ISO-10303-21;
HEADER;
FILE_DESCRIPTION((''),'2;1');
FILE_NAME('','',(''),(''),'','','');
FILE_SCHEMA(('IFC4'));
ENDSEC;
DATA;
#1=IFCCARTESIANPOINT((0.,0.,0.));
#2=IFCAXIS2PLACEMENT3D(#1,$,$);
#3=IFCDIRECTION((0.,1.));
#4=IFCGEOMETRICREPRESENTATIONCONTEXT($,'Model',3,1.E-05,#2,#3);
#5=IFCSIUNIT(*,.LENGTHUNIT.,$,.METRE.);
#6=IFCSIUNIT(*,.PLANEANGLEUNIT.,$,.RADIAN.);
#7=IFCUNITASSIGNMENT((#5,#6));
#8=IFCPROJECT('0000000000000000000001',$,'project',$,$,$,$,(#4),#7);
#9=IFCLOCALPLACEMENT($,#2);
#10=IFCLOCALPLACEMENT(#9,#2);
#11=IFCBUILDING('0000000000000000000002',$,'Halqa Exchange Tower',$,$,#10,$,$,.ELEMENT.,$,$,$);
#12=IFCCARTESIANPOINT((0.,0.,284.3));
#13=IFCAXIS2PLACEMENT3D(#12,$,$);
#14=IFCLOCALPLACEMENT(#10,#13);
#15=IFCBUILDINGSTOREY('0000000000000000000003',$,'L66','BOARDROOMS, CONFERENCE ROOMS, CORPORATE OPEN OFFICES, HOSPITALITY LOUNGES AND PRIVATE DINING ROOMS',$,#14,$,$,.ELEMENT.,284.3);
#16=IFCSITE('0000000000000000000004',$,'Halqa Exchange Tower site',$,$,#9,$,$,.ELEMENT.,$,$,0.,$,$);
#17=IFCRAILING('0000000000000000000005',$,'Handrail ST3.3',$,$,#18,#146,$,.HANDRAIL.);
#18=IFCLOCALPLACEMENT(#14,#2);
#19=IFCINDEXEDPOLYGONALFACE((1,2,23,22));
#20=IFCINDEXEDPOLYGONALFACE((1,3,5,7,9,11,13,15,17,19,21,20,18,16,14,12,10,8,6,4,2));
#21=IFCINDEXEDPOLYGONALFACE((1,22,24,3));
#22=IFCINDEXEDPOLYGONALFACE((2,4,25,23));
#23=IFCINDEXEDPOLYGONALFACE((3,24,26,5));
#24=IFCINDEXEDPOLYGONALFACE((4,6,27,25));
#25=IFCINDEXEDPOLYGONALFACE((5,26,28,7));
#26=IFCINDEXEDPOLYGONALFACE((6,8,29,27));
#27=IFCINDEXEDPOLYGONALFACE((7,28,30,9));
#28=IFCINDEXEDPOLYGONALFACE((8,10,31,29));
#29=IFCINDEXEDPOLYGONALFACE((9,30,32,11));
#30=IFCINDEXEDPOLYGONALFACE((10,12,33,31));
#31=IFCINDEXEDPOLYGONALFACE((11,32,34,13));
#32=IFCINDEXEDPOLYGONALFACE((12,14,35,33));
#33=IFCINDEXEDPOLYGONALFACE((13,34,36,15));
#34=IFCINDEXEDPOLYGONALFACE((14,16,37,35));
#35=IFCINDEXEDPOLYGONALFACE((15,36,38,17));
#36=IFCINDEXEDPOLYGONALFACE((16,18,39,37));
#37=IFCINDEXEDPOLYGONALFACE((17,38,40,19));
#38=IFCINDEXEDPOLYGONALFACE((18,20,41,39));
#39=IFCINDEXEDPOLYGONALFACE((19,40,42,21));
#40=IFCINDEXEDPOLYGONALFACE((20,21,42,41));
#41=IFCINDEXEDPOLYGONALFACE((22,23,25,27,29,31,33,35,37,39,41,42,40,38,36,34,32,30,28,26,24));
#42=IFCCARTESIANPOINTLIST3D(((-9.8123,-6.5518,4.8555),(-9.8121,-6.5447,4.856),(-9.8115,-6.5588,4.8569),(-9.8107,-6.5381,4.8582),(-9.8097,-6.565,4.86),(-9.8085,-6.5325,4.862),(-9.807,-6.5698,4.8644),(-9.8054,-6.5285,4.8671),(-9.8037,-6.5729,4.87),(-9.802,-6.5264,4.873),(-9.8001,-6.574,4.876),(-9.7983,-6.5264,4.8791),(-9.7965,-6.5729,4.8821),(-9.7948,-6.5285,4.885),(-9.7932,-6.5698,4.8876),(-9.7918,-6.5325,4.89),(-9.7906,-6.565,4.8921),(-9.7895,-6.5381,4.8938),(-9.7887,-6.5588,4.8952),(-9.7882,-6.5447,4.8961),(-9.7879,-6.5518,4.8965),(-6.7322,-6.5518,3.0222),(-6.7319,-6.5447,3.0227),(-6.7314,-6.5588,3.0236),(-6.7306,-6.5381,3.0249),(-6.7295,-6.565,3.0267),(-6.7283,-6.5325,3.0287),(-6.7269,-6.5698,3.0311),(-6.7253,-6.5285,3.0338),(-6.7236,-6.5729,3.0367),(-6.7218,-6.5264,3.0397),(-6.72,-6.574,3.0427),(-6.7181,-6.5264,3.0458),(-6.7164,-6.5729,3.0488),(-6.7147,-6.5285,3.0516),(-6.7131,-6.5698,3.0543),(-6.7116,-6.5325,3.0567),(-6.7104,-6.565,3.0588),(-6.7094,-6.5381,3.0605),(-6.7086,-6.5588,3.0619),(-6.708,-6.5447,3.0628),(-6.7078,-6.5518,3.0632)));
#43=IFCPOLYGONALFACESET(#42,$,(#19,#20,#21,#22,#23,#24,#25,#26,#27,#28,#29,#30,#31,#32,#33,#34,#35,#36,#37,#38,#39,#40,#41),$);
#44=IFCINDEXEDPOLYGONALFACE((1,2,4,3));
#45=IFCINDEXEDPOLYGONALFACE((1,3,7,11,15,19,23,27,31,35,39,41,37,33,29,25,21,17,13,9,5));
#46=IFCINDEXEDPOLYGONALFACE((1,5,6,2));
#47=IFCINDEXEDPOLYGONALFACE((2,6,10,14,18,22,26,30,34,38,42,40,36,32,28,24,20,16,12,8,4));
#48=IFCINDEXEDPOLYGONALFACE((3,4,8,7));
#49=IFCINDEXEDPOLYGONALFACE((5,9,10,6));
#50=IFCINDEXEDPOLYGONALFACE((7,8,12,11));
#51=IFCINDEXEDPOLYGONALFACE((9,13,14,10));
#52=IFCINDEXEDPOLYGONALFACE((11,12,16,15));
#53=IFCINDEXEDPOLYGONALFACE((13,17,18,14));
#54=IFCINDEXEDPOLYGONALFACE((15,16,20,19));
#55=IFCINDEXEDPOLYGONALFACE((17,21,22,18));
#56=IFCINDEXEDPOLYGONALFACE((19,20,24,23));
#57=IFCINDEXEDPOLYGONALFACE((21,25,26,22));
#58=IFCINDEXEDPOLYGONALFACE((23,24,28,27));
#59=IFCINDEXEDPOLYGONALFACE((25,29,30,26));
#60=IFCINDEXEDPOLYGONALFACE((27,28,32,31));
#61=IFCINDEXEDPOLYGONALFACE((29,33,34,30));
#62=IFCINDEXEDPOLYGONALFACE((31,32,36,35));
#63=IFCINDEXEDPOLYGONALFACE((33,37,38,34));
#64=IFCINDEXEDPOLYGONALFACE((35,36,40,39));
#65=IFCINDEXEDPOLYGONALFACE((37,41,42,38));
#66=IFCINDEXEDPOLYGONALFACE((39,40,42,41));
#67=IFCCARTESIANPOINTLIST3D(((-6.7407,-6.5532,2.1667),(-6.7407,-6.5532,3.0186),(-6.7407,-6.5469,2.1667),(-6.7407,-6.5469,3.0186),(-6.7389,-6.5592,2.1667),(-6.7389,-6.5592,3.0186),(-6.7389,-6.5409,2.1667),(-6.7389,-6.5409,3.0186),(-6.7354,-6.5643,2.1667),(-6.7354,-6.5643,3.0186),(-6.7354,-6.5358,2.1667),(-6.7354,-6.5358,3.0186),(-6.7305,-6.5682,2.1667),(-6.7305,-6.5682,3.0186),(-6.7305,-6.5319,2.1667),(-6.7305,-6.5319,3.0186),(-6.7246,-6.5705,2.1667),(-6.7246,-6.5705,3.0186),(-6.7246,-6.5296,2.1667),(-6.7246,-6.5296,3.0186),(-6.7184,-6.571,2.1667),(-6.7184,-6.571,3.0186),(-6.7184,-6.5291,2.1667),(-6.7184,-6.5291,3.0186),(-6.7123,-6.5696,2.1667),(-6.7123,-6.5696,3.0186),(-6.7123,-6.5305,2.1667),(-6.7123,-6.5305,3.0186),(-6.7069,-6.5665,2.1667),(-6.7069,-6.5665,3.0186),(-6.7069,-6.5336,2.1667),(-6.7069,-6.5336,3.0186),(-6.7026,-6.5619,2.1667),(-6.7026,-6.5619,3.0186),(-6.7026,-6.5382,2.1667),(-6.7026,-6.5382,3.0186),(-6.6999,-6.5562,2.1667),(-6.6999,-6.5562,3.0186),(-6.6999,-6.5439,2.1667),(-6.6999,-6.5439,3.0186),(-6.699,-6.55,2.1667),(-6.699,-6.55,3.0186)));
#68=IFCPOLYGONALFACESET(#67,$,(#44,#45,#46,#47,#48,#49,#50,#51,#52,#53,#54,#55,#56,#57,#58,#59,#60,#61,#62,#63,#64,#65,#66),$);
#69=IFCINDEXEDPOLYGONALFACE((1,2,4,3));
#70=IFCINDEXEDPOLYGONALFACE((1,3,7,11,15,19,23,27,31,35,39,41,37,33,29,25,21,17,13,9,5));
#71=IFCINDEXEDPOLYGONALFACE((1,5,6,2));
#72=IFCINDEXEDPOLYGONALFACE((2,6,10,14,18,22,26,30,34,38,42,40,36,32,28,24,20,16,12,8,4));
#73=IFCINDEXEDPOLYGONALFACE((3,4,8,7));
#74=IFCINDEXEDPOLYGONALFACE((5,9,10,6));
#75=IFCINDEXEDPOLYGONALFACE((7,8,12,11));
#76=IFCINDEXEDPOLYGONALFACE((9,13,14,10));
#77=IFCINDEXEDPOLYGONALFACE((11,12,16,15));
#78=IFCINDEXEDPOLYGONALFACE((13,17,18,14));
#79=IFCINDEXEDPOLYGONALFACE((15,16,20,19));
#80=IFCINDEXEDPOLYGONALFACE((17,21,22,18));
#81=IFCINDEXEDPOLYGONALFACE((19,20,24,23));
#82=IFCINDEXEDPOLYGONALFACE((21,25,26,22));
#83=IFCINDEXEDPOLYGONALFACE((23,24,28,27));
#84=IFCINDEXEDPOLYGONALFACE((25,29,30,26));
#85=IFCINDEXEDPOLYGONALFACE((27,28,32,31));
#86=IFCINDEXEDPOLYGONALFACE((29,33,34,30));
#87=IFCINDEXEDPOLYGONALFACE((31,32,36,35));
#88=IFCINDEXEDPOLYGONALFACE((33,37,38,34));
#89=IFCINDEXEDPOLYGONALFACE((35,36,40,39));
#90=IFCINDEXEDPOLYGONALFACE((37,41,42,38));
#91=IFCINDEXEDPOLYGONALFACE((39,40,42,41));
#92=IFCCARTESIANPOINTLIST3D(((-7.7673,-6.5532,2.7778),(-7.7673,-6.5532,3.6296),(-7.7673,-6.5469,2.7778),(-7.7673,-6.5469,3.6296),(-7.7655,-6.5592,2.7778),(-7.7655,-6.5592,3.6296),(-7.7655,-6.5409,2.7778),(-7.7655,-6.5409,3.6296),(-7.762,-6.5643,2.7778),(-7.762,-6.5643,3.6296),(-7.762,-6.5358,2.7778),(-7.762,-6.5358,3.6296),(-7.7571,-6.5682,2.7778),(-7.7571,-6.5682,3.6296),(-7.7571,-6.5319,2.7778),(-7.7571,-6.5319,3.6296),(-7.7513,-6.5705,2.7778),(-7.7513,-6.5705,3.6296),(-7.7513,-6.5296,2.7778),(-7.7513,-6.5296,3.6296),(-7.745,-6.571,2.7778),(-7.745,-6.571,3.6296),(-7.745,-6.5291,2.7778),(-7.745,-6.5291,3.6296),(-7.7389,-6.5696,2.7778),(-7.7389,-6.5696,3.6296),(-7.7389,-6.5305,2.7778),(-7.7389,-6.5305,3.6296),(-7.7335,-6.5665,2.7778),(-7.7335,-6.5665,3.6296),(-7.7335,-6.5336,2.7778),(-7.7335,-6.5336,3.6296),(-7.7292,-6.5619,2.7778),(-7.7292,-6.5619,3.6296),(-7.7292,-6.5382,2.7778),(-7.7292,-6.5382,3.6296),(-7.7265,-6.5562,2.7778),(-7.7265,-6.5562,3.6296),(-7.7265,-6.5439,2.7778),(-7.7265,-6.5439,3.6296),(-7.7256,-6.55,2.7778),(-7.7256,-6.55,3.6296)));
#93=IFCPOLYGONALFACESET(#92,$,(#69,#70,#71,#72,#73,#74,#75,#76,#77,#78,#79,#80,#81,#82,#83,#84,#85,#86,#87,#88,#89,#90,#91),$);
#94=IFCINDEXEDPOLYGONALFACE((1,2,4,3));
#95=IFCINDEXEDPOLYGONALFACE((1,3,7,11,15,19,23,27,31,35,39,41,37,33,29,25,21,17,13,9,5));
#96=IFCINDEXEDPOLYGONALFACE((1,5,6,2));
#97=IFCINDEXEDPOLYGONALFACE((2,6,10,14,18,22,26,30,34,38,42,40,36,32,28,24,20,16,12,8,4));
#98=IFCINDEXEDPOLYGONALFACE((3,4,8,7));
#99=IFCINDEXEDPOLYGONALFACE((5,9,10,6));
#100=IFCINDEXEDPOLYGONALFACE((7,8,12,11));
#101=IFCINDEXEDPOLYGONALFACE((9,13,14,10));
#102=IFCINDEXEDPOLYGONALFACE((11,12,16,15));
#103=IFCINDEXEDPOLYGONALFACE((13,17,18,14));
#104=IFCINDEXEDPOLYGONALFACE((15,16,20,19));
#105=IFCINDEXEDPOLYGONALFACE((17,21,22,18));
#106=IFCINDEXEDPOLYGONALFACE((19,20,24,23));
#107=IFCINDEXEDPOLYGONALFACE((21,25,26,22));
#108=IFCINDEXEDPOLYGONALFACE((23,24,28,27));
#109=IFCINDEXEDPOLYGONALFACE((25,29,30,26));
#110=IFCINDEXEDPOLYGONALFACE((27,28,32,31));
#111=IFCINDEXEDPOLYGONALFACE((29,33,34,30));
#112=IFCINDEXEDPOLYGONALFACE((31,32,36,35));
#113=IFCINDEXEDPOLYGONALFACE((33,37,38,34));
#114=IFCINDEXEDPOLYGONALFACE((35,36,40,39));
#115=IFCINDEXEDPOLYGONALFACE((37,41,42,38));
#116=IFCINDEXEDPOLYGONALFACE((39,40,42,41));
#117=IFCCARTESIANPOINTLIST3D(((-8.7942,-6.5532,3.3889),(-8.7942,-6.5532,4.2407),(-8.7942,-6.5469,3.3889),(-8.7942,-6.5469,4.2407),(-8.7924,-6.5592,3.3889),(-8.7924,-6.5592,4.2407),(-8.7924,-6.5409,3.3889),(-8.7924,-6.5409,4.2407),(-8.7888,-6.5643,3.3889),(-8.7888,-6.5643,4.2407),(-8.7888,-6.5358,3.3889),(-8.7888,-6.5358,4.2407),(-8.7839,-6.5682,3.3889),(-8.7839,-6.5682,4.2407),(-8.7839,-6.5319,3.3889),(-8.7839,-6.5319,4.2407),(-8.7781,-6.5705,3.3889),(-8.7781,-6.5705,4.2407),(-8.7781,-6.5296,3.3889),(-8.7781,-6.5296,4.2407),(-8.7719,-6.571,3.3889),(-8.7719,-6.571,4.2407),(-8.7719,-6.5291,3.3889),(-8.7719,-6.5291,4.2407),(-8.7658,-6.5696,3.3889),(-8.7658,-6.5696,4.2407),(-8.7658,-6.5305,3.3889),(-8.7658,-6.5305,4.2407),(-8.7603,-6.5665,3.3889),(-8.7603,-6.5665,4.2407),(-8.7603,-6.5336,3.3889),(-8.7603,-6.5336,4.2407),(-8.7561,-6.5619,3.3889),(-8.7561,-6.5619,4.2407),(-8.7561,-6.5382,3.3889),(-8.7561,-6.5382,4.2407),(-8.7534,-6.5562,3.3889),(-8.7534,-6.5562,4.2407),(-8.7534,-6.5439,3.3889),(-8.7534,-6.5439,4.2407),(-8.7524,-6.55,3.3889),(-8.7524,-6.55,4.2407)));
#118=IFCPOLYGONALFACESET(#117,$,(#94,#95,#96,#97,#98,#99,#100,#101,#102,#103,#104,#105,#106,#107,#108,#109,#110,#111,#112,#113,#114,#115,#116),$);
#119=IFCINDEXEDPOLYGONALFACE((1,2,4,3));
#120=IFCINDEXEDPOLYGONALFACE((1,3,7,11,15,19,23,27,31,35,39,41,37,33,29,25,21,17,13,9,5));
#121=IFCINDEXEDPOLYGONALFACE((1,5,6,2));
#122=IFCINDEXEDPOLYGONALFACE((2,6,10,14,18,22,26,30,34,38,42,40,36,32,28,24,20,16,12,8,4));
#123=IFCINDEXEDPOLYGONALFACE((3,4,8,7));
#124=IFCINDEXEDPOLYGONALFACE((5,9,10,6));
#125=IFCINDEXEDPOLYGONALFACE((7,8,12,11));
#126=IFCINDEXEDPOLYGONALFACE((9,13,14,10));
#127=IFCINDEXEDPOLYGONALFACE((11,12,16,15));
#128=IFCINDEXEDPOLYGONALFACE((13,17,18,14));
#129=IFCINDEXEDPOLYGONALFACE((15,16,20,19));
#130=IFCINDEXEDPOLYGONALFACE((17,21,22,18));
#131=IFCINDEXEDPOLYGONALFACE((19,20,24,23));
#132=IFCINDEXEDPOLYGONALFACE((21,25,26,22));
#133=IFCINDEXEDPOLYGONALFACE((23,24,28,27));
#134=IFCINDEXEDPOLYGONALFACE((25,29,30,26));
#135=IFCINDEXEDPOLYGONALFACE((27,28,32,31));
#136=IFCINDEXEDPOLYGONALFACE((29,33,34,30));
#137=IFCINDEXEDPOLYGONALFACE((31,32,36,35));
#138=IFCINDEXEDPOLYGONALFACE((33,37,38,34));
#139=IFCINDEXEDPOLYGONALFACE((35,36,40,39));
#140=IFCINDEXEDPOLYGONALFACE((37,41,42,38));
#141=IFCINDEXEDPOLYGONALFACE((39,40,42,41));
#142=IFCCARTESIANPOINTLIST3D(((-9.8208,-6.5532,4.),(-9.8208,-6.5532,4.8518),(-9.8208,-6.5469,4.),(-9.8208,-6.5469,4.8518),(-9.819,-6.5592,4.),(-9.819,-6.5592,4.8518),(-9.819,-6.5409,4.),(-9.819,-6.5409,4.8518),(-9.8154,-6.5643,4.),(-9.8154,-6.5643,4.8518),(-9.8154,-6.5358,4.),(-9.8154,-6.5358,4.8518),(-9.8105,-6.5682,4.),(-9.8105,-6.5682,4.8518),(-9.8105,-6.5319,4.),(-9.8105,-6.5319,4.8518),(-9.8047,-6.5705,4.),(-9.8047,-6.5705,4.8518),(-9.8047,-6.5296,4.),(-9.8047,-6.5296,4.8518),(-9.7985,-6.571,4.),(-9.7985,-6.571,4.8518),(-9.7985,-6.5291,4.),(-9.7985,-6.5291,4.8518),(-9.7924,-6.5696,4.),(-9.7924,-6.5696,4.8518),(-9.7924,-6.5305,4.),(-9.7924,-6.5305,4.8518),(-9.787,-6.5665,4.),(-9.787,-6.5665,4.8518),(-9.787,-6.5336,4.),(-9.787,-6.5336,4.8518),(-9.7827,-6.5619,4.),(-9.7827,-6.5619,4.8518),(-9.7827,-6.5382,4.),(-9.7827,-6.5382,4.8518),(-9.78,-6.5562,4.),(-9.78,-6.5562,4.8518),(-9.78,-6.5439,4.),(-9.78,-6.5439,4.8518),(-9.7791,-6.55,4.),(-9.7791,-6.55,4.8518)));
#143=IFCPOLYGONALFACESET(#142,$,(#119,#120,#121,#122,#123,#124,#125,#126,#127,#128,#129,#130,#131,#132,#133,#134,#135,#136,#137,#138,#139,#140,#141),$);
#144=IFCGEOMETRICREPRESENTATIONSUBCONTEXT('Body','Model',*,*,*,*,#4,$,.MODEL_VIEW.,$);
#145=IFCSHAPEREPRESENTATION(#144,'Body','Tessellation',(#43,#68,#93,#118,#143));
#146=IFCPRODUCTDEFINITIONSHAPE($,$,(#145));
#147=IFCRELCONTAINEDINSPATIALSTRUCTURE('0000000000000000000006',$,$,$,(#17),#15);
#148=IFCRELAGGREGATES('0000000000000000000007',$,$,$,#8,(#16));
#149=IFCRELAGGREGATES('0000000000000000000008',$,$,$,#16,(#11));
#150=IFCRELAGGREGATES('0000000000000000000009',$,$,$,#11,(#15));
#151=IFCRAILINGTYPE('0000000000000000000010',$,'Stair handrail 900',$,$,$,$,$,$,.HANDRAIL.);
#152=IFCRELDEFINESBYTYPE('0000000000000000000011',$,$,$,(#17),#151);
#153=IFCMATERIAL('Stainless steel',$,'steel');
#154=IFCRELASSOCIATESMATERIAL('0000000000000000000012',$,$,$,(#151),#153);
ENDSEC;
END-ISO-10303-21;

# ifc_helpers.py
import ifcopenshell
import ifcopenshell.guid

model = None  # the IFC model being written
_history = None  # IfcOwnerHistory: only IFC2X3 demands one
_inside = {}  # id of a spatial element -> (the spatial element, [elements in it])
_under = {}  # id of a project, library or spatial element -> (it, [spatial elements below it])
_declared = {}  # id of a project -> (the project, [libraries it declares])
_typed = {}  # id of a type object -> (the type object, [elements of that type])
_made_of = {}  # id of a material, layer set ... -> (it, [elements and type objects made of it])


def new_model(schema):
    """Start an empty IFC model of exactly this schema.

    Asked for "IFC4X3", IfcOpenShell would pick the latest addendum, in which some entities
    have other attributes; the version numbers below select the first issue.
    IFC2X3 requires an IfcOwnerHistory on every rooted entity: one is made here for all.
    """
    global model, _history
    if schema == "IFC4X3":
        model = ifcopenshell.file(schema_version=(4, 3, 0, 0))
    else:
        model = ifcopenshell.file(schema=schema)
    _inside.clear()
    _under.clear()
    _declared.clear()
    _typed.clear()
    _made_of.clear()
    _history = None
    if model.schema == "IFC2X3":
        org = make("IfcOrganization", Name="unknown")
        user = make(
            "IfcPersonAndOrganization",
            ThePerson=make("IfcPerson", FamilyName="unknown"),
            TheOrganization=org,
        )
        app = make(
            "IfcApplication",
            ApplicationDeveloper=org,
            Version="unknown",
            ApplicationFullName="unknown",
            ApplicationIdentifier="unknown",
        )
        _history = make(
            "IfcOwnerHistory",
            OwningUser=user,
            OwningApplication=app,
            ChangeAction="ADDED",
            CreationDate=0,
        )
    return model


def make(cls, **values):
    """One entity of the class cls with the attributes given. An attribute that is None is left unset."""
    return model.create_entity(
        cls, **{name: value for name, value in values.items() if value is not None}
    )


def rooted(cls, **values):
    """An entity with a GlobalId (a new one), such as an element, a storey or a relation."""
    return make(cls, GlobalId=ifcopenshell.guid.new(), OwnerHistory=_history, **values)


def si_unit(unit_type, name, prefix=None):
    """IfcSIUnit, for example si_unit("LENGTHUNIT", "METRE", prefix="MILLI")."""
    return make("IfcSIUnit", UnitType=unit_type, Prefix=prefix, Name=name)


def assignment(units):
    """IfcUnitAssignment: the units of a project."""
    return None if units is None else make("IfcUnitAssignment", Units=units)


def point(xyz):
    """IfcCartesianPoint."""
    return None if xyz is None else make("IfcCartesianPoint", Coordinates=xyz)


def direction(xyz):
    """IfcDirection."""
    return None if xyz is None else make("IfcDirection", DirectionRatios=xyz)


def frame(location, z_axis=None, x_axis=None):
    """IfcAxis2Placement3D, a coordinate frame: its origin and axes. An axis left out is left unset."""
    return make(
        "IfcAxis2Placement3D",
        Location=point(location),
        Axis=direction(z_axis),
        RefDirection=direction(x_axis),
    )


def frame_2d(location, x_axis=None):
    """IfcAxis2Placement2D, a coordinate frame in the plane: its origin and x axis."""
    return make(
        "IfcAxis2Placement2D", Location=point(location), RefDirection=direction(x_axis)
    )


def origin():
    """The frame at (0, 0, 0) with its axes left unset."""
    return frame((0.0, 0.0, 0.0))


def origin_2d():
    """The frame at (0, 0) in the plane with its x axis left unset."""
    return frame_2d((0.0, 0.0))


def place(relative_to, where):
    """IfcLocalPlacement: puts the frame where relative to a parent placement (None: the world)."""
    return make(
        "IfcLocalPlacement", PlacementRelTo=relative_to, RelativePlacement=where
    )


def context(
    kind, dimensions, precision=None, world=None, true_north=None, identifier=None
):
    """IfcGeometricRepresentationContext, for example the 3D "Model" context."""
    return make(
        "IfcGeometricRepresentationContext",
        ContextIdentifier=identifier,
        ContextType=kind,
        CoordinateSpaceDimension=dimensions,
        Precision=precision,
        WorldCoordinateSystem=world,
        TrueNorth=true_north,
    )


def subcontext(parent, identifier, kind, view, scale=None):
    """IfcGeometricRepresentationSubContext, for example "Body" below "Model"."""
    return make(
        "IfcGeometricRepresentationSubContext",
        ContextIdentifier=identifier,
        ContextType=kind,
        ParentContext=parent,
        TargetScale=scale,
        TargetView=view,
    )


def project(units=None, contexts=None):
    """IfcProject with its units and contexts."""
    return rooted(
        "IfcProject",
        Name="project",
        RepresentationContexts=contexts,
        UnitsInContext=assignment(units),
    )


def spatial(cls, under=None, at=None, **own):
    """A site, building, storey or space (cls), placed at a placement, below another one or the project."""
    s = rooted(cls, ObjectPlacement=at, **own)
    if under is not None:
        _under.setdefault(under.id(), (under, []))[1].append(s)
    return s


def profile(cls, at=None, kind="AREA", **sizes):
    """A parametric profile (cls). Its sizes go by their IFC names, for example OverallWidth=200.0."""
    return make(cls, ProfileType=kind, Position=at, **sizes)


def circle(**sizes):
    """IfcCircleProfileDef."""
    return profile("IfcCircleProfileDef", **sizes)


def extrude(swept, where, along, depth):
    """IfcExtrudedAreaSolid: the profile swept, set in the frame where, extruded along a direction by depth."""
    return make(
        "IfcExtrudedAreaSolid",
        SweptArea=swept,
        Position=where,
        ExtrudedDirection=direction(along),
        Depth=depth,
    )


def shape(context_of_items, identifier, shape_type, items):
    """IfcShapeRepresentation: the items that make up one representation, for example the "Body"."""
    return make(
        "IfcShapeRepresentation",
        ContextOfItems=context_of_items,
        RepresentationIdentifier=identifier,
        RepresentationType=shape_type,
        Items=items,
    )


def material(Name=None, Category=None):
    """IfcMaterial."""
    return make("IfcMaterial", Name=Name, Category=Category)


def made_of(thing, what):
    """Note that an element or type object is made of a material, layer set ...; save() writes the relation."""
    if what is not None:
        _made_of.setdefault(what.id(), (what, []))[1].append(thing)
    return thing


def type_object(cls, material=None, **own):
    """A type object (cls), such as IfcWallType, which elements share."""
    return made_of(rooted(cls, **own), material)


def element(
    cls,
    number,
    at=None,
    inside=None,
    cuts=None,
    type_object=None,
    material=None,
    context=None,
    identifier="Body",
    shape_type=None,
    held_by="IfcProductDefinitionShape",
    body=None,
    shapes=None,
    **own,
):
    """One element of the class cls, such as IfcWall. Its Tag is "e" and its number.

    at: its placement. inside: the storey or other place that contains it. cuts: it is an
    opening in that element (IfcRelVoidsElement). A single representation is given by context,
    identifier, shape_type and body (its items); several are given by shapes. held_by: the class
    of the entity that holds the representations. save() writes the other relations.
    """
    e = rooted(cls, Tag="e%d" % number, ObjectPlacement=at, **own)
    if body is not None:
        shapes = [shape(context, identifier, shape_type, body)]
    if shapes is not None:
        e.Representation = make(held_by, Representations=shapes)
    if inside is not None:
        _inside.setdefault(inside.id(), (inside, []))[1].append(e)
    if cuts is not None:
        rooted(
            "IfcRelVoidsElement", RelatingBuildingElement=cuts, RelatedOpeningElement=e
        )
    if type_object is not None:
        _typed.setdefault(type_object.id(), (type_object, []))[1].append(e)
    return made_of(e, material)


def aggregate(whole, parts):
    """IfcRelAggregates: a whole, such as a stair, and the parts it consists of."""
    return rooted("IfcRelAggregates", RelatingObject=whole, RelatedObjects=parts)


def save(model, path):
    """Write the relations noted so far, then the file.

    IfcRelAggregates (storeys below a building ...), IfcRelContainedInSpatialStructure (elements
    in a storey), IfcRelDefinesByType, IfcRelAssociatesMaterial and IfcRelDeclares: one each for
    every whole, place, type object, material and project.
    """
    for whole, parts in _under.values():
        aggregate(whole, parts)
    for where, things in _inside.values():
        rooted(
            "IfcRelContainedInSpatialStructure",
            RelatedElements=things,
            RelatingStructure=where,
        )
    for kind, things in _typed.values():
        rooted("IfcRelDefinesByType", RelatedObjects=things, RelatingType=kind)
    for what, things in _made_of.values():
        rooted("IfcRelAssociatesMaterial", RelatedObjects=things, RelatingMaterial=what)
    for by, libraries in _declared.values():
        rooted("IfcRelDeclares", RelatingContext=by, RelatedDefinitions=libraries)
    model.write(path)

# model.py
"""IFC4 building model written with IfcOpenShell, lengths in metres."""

from ifc_helpers import new_model, si_unit, direction, frame, origin, origin_2d, place, context, subcontext, project, spatial, circle, extrude, material, type_object, element, save


model = new_model("IFC4")

# Units and contexts
model_context = context("Model", 3, precision=1e-05, world=origin(), true_north=direction((0.0, 1.0)))
body_context = subcontext(model_context, "Body", "Model", "MODEL_VIEW")
ifc_project = project(units=[si_unit("LENGTHUNIT", "METRE"), si_unit("PLANEANGLEUNIT", "RADIAN")], contexts=[model_context])

# Site, building, storey
site_placement = place(None, origin())
site = spatial("IfcSite", under=ifc_project, at=site_placement, Name="Halqa Exchange Tower site", CompositionType="ELEMENT", RefElevation=0.0)
building_placement = place(site_placement, origin())
building = spatial("IfcBuilding", under=site, at=building_placement, Name="Halqa Exchange Tower", CompositionType="ELEMENT")
storey_placement = place(building_placement, frame((0.0, 0.0, 284.3)))
storey = spatial("IfcBuildingStorey", under=building, at=storey_placement, Name="L66", Description="BOARDROOMS, CONFERENCE ROOMS, CORPORATE OPEN OFFICES, HOSPITALITY LOUNGES AND PRIVATE DINING ROOMS", CompositionType="ELEMENT", Elevation=284.3)

# Shared definitions
ifc_material_1 = material(Name="Stainless steel", Category="steel")

# Railing
railing_type_1 = type_object("IfcRailingType", Name="Stair handrail 900", PredefinedType="HANDRAIL", material=ifc_material_1)
railing_1_placement = place(storey_placement, frame((-6.72, -6.55, 2.1667)))
element("IfcRailing", 1, at=railing_1_placement, inside=storey, type_object=railing_type_1, Name="Handrail ST3.3", PredefinedType="HANDRAIL", context=body_context, shape_type="SweptSolid", body=[
    extrude(circle(Radius=0.0239, at=origin_2d()), frame((0.0, 0.0, 0.876), z_axis=(-0.859309, 0.0, 0.511458), x_axis=(0.0, -1.0, 0.0)), (0.0, 0.0, 1.0), 3.5845),
    extrude(circle(Radius=0.021, at=origin_2d()), origin(), (0.0, 0.0, 1.0), 0.8518),
    extrude(circle(Radius=0.021, at=origin_2d()), frame((-1.0266, 0.0, 0.6111)), (0.0, 0.0, 1.0), 0.8518),
    extrude(circle(Radius=0.021, at=origin_2d()), frame((-2.0535, 0.0, 1.2222)), (0.0, 0.0, 1.0), 0.8518),
    extrude(circle(Radius=0.021, at=origin_2d()), frame((-3.0801, 0.0, 1.8333)), (0.0, 0.0, 1.0), 0.8518),
])

save(model, "model.ifc")
